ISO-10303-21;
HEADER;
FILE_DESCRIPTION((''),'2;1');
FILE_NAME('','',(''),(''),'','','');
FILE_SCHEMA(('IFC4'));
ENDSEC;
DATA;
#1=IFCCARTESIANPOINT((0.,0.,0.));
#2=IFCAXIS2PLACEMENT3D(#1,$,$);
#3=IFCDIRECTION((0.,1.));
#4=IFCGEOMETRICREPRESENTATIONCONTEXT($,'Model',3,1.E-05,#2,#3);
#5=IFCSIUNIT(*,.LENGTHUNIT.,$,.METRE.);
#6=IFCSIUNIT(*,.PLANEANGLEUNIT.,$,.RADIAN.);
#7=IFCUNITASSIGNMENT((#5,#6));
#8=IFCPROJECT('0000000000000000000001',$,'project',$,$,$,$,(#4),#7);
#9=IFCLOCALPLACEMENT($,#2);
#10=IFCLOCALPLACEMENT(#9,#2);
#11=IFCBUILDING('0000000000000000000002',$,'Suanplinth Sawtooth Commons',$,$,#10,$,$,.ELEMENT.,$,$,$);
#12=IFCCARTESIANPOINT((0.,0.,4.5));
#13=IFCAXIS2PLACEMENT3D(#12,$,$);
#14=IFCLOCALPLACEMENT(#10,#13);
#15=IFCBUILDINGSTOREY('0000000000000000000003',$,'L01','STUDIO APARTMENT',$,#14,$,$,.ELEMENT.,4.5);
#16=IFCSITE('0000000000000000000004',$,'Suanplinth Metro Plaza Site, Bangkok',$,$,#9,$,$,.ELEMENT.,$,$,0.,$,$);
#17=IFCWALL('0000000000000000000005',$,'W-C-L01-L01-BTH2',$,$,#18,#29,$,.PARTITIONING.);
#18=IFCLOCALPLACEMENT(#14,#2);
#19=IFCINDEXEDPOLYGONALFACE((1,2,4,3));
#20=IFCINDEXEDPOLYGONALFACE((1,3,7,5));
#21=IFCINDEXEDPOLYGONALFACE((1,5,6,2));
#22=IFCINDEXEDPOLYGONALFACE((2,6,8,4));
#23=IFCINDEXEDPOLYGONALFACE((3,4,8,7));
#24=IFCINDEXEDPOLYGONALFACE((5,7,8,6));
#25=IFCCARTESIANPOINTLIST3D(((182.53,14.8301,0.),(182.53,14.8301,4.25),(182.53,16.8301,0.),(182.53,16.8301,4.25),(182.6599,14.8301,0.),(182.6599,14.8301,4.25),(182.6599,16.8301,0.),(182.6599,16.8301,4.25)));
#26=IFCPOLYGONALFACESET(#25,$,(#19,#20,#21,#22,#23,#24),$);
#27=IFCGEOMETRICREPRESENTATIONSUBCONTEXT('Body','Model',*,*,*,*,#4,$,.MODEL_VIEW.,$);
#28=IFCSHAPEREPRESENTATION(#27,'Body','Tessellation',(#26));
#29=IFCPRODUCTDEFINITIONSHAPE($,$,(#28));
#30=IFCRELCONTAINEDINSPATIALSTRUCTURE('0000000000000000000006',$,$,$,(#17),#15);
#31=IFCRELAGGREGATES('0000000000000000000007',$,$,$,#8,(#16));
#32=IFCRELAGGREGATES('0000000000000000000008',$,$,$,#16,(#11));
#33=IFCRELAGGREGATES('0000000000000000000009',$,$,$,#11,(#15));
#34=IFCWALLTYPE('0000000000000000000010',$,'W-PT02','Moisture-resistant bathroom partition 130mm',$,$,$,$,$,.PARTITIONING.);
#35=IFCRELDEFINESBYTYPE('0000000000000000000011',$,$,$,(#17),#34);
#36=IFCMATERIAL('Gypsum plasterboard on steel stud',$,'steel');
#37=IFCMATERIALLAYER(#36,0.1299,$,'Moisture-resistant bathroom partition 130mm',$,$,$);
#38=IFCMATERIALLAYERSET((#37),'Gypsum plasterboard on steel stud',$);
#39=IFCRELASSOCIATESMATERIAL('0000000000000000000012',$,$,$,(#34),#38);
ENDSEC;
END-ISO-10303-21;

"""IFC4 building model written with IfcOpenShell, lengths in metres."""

from ifc_helpers import new_model, si_unit, direction, frame, frame_2d, origin, place, context, subcontext, project, spatial, rectangle, extrude, material, layer, layer_set, type_object, element, save


model = new_model("IFC4")

# Units and contexts
model_context = context("Model", 3, precision=1e-05, world=origin(), true_north=direction((0.0, 1.0)))
body_context = subcontext(model_context, "Body", "Model", "MODEL_VIEW")
ifc_project = project(units=[si_unit("LENGTHUNIT", "METRE"), si_unit("PLANEANGLEUNIT", "RADIAN")], contexts=[model_context])

# Site, building, storey
site_placement = place(None, origin())
site = spatial("IfcSite", under=ifc_project, at=site_placement, Name="Suanplinth Metro Plaza Site, Bangkok", CompositionType="ELEMENT", RefElevation=0.0)
building_placement = place(site_placement, origin())
building = spatial("IfcBuilding", under=site, at=building_placement, Name="Suanplinth Sawtooth Commons", CompositionType="ELEMENT")
storey_placement = place(building_placement, frame((0.0, 0.0, 4.5)))
storey = spatial("IfcBuildingStorey", under=building, at=storey_placement, Name="L01", Description="STUDIO APARTMENT", CompositionType="ELEMENT", Elevation=4.5)

# Shared definitions
ifc_material_1 = material(Name="Gypsum plasterboard on steel stud", Category="steel")
ifc_layer_1 = layer(ifc_material_1, 0.1299, Name="Moisture-resistant bathroom partition 130mm")
ifc_layer_set_1 = layer_set([ifc_layer_1], Name="Gypsum plasterboard on steel stud")
wall_type_1 = type_object("IfcWallType", Name="W-PT02", Description="Moisture-resistant bathroom partition 130mm", PredefinedType="PARTITIONING", material=ifc_layer_set_1)

# Wall
wall_1_placement = place(storey_placement, frame((182.595, 14.8301, 0.0), z_axis=(0.0, 0.0, 1.0), x_axis=(0.0, 1.0, 0.0)))
element("IfcWall", 1, at=wall_1_placement, inside=storey, type_object=wall_type_1, Name="W-C-L01-L01-BTH2", PredefinedType="PARTITIONING", context=body_context, shape_type="SweptSolid", body=[
    extrude(rectangle(XDim=2.0, YDim=0.1299, at=frame_2d((1.0, 0.0))), origin(), (0.0, 0.0, 1.0), 4.25),
])

save(model, "model.ifc")
